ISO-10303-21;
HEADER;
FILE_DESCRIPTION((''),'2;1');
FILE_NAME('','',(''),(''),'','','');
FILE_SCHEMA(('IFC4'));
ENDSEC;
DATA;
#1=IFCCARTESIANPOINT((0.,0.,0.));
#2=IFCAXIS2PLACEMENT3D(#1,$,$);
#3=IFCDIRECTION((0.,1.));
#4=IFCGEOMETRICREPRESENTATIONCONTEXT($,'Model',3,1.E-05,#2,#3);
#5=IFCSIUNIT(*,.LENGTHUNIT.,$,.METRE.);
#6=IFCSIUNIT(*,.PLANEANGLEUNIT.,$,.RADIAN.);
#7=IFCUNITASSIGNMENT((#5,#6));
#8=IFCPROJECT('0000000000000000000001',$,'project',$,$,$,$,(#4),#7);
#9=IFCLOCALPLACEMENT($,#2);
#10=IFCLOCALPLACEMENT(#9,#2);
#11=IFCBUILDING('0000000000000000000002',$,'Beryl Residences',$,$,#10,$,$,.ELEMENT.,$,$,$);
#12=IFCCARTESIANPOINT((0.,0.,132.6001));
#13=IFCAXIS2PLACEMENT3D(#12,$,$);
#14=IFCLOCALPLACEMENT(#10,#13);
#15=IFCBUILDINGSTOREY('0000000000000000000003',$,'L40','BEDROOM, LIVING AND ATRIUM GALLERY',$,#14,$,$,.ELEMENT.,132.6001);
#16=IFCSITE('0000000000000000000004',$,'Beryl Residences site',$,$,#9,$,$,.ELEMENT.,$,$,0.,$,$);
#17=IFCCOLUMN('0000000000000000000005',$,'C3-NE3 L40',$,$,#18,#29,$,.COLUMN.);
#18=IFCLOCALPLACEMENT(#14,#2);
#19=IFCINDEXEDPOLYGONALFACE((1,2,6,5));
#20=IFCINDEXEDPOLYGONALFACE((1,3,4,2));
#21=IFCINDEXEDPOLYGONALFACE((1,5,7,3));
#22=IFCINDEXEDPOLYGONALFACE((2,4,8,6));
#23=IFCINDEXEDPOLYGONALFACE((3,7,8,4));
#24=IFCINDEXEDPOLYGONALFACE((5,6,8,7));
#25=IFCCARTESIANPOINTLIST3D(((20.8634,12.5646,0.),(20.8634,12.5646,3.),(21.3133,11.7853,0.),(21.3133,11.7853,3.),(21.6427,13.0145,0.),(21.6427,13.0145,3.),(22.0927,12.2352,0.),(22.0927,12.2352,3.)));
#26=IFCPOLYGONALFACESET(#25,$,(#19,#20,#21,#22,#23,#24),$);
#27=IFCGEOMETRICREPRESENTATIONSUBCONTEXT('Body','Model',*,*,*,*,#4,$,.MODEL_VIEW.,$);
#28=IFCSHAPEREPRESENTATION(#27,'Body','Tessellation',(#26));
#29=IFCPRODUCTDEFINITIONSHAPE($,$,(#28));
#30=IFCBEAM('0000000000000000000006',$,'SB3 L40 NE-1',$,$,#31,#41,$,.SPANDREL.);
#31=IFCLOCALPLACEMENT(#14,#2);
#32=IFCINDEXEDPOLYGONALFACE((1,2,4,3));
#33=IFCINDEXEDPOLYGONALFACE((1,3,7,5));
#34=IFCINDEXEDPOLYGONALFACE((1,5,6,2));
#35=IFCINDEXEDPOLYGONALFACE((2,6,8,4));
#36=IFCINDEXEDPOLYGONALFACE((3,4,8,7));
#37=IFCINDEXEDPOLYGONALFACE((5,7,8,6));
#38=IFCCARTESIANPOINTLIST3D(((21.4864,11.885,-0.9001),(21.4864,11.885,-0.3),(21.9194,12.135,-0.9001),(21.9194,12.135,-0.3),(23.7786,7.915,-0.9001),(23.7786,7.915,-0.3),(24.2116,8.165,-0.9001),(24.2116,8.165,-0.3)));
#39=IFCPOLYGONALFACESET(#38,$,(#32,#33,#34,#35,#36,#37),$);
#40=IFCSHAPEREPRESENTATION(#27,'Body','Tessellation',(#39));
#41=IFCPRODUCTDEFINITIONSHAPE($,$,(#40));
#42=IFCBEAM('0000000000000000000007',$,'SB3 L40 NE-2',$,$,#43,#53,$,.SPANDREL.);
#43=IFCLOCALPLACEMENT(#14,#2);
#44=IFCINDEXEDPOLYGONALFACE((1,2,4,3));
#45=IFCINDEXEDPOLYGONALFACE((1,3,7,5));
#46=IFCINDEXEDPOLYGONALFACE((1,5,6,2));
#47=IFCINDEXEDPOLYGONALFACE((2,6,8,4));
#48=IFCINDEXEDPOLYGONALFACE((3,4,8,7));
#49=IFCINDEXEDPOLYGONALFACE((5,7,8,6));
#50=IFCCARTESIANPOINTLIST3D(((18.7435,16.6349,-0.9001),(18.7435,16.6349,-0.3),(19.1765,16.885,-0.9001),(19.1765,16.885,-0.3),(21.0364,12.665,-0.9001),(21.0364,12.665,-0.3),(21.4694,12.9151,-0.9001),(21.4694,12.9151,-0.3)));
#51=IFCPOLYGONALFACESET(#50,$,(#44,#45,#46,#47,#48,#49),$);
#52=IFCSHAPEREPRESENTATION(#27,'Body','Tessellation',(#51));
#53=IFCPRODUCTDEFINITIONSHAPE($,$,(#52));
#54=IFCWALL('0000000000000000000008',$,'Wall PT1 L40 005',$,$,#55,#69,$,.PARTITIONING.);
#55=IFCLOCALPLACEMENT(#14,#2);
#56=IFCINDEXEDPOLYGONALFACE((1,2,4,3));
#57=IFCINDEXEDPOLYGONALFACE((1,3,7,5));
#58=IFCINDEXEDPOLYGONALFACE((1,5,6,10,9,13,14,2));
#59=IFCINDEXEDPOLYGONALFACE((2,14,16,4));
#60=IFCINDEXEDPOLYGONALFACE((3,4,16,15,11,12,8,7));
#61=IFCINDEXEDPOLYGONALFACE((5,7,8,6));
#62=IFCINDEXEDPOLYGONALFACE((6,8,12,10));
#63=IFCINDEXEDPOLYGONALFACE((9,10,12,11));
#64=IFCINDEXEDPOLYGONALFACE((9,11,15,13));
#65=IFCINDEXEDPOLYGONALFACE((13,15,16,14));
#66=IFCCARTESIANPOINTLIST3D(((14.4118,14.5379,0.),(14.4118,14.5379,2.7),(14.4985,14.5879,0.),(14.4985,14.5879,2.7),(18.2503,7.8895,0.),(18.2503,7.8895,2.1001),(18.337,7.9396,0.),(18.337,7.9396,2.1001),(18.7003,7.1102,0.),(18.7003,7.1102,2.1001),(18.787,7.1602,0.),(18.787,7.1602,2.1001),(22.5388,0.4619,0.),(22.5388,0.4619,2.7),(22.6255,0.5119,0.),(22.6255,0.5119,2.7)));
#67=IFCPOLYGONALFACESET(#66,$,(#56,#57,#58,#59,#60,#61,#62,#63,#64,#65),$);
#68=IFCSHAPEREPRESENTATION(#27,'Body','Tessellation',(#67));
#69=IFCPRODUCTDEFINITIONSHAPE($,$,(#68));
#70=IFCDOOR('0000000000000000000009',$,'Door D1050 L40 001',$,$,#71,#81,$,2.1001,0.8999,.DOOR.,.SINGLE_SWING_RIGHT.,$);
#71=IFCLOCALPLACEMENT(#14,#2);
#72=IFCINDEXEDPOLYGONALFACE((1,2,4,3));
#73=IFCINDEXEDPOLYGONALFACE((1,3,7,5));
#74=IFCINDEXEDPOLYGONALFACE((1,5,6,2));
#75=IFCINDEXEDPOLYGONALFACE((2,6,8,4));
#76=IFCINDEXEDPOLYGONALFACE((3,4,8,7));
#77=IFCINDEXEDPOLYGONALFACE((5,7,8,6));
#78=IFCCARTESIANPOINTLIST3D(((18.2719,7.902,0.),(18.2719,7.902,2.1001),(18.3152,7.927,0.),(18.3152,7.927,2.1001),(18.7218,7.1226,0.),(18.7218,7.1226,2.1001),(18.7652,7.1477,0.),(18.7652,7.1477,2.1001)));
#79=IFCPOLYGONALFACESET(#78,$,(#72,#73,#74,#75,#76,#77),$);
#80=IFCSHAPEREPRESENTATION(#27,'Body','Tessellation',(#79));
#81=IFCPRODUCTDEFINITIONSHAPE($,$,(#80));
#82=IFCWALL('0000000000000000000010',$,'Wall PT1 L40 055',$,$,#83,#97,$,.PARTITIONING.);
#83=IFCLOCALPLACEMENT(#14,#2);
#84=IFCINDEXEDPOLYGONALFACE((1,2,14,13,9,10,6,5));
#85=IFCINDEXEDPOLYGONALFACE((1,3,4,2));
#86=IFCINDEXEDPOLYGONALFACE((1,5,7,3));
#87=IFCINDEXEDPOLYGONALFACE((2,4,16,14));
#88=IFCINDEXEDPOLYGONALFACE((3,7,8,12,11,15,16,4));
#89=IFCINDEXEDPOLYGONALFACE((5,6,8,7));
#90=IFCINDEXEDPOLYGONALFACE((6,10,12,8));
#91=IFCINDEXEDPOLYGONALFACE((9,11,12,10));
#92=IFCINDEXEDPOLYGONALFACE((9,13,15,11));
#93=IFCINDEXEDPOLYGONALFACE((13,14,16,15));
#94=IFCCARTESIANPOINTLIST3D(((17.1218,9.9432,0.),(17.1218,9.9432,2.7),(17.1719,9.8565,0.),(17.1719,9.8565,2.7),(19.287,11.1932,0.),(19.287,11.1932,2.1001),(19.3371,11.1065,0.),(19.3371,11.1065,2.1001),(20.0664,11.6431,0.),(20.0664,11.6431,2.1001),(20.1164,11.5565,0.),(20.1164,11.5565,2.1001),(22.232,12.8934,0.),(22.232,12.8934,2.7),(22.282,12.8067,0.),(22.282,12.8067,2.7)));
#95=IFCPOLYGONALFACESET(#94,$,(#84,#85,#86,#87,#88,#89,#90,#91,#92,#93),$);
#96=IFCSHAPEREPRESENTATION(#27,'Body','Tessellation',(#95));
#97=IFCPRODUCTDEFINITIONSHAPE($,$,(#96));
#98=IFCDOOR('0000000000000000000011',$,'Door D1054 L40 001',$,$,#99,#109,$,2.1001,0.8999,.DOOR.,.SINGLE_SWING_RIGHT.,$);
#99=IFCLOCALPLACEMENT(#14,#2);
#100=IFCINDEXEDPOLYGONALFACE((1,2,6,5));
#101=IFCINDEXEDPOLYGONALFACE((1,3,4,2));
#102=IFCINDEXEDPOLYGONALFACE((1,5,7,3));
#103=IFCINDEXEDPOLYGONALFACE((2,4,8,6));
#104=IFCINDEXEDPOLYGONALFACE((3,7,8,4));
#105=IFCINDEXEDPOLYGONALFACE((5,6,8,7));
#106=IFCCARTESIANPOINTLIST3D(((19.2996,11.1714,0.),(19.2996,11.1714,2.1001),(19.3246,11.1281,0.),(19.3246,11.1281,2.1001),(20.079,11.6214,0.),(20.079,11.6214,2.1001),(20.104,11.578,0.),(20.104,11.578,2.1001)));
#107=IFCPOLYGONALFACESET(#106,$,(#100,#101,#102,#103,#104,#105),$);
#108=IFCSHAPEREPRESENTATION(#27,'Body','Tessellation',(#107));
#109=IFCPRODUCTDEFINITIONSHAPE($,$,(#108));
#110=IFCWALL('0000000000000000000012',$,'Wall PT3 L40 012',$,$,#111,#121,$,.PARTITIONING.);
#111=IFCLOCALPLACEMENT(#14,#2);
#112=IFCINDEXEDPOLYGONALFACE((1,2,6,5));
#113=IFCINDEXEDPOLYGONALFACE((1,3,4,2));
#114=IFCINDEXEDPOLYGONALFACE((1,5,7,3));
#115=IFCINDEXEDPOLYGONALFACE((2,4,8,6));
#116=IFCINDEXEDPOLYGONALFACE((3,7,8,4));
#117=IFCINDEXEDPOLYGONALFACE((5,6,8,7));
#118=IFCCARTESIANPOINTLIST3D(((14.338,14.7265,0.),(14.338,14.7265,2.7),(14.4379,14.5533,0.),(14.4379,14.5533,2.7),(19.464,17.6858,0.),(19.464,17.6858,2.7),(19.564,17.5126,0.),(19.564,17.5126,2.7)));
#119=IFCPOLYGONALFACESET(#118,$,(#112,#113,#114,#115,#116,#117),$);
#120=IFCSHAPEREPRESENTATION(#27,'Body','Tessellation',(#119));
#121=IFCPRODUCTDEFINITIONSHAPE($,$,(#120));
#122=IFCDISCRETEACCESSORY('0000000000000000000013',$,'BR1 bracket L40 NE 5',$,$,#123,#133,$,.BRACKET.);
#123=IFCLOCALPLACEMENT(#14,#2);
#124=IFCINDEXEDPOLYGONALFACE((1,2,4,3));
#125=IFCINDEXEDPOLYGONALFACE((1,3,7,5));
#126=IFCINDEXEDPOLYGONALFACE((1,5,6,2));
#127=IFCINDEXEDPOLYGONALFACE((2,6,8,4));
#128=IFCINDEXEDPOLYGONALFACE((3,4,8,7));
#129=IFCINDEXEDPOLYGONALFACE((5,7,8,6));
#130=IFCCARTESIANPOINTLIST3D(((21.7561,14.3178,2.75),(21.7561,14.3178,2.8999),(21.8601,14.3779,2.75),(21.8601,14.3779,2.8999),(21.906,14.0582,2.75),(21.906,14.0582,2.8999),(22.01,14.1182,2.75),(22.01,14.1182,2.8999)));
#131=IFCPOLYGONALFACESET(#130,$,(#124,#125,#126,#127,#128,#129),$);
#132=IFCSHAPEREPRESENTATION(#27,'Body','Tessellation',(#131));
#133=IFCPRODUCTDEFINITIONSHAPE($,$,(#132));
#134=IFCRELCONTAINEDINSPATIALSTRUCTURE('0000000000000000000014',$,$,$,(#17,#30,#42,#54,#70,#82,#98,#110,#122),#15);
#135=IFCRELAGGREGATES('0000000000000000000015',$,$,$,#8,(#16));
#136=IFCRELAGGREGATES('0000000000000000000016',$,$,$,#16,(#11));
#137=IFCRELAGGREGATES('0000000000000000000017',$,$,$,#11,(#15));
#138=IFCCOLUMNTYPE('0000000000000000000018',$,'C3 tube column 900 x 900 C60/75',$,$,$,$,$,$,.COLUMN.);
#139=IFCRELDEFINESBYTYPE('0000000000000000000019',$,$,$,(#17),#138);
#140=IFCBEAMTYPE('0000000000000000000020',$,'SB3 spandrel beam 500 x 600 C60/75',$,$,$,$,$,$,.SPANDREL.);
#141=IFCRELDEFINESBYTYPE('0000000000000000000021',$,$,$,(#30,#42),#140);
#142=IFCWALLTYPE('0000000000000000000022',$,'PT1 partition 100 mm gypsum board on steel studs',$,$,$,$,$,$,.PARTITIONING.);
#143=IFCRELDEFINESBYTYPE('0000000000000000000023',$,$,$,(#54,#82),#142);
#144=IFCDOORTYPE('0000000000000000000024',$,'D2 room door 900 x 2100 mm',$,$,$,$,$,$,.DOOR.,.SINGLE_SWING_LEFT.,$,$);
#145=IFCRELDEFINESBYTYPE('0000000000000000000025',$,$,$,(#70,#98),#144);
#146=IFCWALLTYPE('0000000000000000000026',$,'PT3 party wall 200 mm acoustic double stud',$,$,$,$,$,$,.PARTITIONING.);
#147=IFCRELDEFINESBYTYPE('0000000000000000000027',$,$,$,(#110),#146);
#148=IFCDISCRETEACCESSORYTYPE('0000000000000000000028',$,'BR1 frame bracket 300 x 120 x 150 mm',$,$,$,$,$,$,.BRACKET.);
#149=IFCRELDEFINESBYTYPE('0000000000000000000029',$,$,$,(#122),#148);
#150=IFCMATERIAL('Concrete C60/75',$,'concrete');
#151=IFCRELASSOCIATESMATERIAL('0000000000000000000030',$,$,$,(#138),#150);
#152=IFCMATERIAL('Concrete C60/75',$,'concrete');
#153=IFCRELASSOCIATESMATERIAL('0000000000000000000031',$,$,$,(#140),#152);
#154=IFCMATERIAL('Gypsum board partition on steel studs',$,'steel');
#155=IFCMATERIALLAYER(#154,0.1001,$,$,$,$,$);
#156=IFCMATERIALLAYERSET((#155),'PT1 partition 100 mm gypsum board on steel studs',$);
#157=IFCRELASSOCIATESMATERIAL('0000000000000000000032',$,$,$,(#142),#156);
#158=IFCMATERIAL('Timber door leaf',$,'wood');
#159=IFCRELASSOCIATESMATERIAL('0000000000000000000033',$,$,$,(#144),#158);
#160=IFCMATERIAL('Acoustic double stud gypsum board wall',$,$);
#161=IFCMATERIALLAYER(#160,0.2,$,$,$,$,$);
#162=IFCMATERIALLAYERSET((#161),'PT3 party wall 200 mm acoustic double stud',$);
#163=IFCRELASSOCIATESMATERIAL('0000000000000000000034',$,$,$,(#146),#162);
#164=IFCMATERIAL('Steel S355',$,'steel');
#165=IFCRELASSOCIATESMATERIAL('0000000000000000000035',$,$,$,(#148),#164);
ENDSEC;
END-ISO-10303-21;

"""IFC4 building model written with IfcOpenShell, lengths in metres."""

from ifc_helpers import new_model, si_unit, direction, frame, frame_2d, origin, origin_2d, place, context, subcontext, project, spatial, polyline, rectangle, outline, extrude, source, transform, mapped, material, layer, layer_set, material_profile, profile_set, type_object, type_shapes, element, fill, save


model = new_model("IFC4")

# Units and contexts
model_context = context("Model", 3, precision=1e-05, world=origin(), true_north=direction((0.0, 1.0)))
body_context = subcontext(model_context, "Body", "Model", "MODEL_VIEW")
ifc_project = project(units=[si_unit("LENGTHUNIT", "METRE"), si_unit("PLANEANGLEUNIT", "RADIAN")], contexts=[model_context])

# Site, building, storey
site_placement = place(None, origin())
site = spatial("IfcSite", under=ifc_project, at=site_placement, Name="Beryl Residences site", CompositionType="ELEMENT", RefElevation=0.0)
building_placement = place(site_placement, origin())
building = spatial("IfcBuilding", under=site, at=building_placement, Name="Beryl Residences", CompositionType="ELEMENT")
storey_placement = place(building_placement, frame((0.0, 0.0, 132.6001)))
storey = spatial("IfcBuildingStorey", under=building, at=storey_placement, Name="L40", Description="BEDROOM, LIVING AND ATRIUM GALLERY", CompositionType="ELEMENT", Elevation=132.6001)

# Column
ifc_material_1 = material(Name="Concrete C60/75", Category="concrete")
ifc_material_profile_1 = material_profile(ifc_material_1, rectangle(XDim=0.8999, YDim=0.8999, at=origin_2d()))
ifc_profile_set_1 = profile_set([ifc_material_profile_1], Name="Concrete C60/75")
column_type = type_object("IfcColumnType", Name="C3 tube column 900 x 900 C60/75", PredefinedType="COLUMN", material=ifc_profile_set_1)
column_placement = place(storey_placement, frame((21.478, 12.3999, 0.0), z_axis=(0.0, 0.0, 1.0), x_axis=(-0.5, 0.866025, 0.0)))
element("IfcColumn", 1, at=column_placement, inside=storey, type_object=column_type, Name="C3-NE3 L40", PredefinedType="COLUMN", context=body_context, shape_type="SweptSolid", body=[
    extrude(rectangle(XDim=0.8999, YDim=0.8999, at=origin_2d()), origin(), (0.0, 0.0, 1.0), 3.0),
])

# Beams
ifc_material_2 = material(Name="Concrete C60/75", Category="concrete")
ifc_material_profile_2 = material_profile(ifc_material_2, rectangle(XDim=0.5, YDim=0.6001, at=origin_2d()))
ifc_profile_set_2 = profile_set([ifc_material_profile_2], Name="Concrete C60/75")
beam_type = type_object("IfcBeamType", Name="SB3 spandrel beam 500 x 600 C60/75", PredefinedType="SPANDREL", material=ifc_profile_set_2)
beam_1_placement = place(storey_placement, frame((23.9951, 8.04, -0.6001), z_axis=(-0.500028, 0.866009, 0.0), x_axis=(-0.866009, -0.500028, 0.0)))
element("IfcBeam", 2, at=beam_1_placement, inside=storey, type_object=beam_type, Name="SB3 L40 NE-1", PredefinedType="SPANDREL", context=body_context, shape_type="SweptSolid", body=[
    extrude(rectangle(XDim=0.5, YDim=0.6001, at=origin_2d()), origin(), (0.0, 0.0, 1.0), 4.5842),
])
beam_2_placement = place(storey_placement, frame((21.2529, 12.79, -0.6001), z_axis=(-0.500148, 0.86594, 0.0), x_axis=(-0.86594, -0.500148, 0.0)))
element("IfcBeam", 3, at=beam_2_placement, inside=storey, type_object=beam_type, Name="SB3 L40 NE-2", PredefinedType="SPANDREL", context=body_context, shape_type="SweptSolid", body=[
    extrude(rectangle(XDim=0.5, YDim=0.6001, at=origin_2d()), origin(), (0.0, 0.0, 1.0), 4.5845),
])

# Walls, openings, doors
ifc_material_3 = material(Name="Gypsum board partition on steel studs", Category="steel")
ifc_layer_1 = layer(ifc_material_3, 0.1001)
ifc_layer_set_1 = layer_set([ifc_layer_1], Name="PT1 partition 100 mm gypsum board on steel studs")
wall_type_1 = type_object("IfcWallType", Name="PT1 partition 100 mm gypsum board on steel studs", PredefinedType="PARTITIONING", material=ifc_layer_set_1)
wall_1_placement = place(storey_placement, frame((14.4551, 14.563, 0.0), z_axis=(0.0, 0.0, 1.0), x_axis=(0.50001, -0.86602, 0.0)))
wall_1 = element("IfcWall", 4, at=wall_1_placement, inside=storey, type_object=wall_type_1, Name="Wall PT1 L40 005", PredefinedType="PARTITIONING", context=body_context, shape_type="SweptSolid", body=[
    extrude(rectangle(XDim=16.2537, YDim=0.1001, at=frame_2d((8.127, 0.0))), origin(), (0.0, 0.0, 1.0), 2.7),
])
opening_1_placement = place(wall_1_placement, frame((7.677, 0.0, 0.0)))
opening_1 = element("IfcOpeningElement", 5, at=opening_1_placement, cuts=wall_1, PredefinedType="OPENING", context=body_context, shape_type="SweptSolid", body=[
    extrude(rectangle(XDim=0.8999, YDim=2.1001, at=frame_2d((0.45, 1.05))), frame((0.0, 0.0601, 0.0), z_axis=(0.0, -1.0, 0.0), x_axis=(1.0, 0.0, 0.0)), (0.0, 0.0, 1.0), 0.1201),
])
ifc_material_4 = material(Name="Timber door leaf", Category="wood")
door_type = type_object("IfcDoorType", Name="D2 room door 900 x 2100 mm", OperationType="SINGLE_SWING_LEFT", PredefinedType="DOOR", material=ifc_material_4)
door_1_placement = place(opening_1_placement, origin())
door_1 = element("IfcDoor", 6, at=door_1_placement, inside=storey, type_object=door_type, Name="Door D1050 L40 001", OperationType="SINGLE_SWING_RIGHT", OverallHeight=2.1001, OverallWidth=0.8999, PredefinedType="DOOR", context=body_context, shape_type="SweptSolid", body=[
    extrude(rectangle(XDim=0.8999, YDim=2.1001, at=frame_2d((0.45, 1.05))), frame((0.0, 0.0249, 0.0), z_axis=(0.0, -1.0, 0.0), x_axis=(1.0, 0.0, 0.0)), (0.0, 0.0, 1.0), 0.05),
])
fill(opening_1, door_1)
wall_2_placement = place(storey_placement, frame((17.147, 9.8999, 0.0), z_axis=(0.0, 0.0, 1.0), x_axis=(0.866035, 0.499984, 0.0)))
wall_2 = element("IfcWall", 7, at=wall_2_placement, inside=storey, type_object=wall_type_1, Name="Wall PT1 L40 055", PredefinedType="PARTITIONING", context=body_context, shape_type="SweptSolid", body=[
    extrude(rectangle(XDim=5.9006, YDim=0.1001, at=frame_2d((2.9502, 0.0))), origin(), (0.0, 0.0, 1.0), 2.7),
])
opening_2_placement = place(wall_2_placement, frame((2.5, 0.0, 0.0)))
opening_2 = element("IfcOpeningElement", 8, at=opening_2_placement, cuts=wall_2, PredefinedType="OPENING", context=body_context, shape_type="SweptSolid", body=[
    extrude(rectangle(XDim=0.8999, YDim=2.1001, at=frame_2d((0.45, 1.05))), frame((0.0, 0.0601, 0.0), z_axis=(0.0, -1.0, 0.0), x_axis=(1.0, 0.0, 0.0)), (0.0, 0.0, 1.0), 0.1201),
])
door_2_placement = place(opening_2_placement, origin())
door_2 = element("IfcDoor", 9, at=door_2_placement, inside=storey, type_object=door_type, Name="Door D1054 L40 001", OperationType="SINGLE_SWING_RIGHT", OverallHeight=2.1001, OverallWidth=0.8999, PredefinedType="DOOR", context=body_context, shape_type="SweptSolid", body=[
    extrude(rectangle(XDim=0.8999, YDim=2.1001, at=frame_2d((0.45, 1.05))), frame((0.0, 0.0249, 0.0), z_axis=(0.0, -1.0, 0.0), x_axis=(1.0, 0.0, 0.0)), (0.0, 0.0, 1.0), 0.05),
])
fill(opening_2, door_2)

# Wall
ifc_material_5 = material(Name="Acoustic double stud gypsum board wall")
ifc_layer_2 = layer(ifc_material_5, 0.2)
ifc_layer_set_2 = layer_set([ifc_layer_2], Name="PT3 party wall 200 mm acoustic double stud")
wall_type_2 = type_object("IfcWallType", Name="PT3 party wall 200 mm acoustic double stud", PredefinedType="PARTITIONING", material=ifc_layer_set_2)
wall_3_placement = place(storey_placement, frame((14.3879, 14.6399, 0.0), z_axis=(0.0, 0.0, 1.0), x_axis=(0.866044, 0.499968, 0.0)))
element("IfcWall", 10, at=wall_3_placement, inside=storey, type_object=wall_type_2, Name="Wall PT3 L40 012", PredefinedType="PARTITIONING", context=body_context, shape_type="SweptSolid", body=[
    extrude(rectangle(XDim=5.9189, YDim=0.2, at=frame_2d((2.9595, 0.0))), origin(), (0.0, 0.0, 1.0), 2.7),
])

# Discrete accessory
ifc_material_6 = material(Name="Steel S355", Category="steel")
discrete_accessory_type = type_object("IfcDiscreteAccessoryType", Name="BR1 frame bracket 300 x 120 x 150 mm", PredefinedType="BRACKET", material=ifc_material_6)
shared_shape_1 = source(origin(), body_context, "Body", "SweptSolid", [
    extrude(outline(polyline([(-0.1499, 0.0), (0.1499, 0.0), (0.1499, 0.1201), (-0.1499, 0.1201), (-0.1499, 0.0)])), origin(), (0.0, 0.0, 1.0), 0.1499),
])
type_shapes(discrete_accessory_type, [shared_shape_1])
discrete_accessory_placement = place(storey_placement, frame((21.8311, 14.188, 2.75), z_axis=(0.0, 0.0, 1.0), x_axis=(0.5, -0.866025, 0.0)))
element("IfcDiscreteAccessory", 11, at=discrete_accessory_placement, inside=storey, type_object=discrete_accessory_type, Name="BR1 bracket L40 NE 5", PredefinedType="BRACKET", context=body_context, shape_type="MappedRepresentation", body=[
    mapped(shared_shape_1, transform((0.0, 0.0, 0.0))),
])

save(model, "model.ifc")
